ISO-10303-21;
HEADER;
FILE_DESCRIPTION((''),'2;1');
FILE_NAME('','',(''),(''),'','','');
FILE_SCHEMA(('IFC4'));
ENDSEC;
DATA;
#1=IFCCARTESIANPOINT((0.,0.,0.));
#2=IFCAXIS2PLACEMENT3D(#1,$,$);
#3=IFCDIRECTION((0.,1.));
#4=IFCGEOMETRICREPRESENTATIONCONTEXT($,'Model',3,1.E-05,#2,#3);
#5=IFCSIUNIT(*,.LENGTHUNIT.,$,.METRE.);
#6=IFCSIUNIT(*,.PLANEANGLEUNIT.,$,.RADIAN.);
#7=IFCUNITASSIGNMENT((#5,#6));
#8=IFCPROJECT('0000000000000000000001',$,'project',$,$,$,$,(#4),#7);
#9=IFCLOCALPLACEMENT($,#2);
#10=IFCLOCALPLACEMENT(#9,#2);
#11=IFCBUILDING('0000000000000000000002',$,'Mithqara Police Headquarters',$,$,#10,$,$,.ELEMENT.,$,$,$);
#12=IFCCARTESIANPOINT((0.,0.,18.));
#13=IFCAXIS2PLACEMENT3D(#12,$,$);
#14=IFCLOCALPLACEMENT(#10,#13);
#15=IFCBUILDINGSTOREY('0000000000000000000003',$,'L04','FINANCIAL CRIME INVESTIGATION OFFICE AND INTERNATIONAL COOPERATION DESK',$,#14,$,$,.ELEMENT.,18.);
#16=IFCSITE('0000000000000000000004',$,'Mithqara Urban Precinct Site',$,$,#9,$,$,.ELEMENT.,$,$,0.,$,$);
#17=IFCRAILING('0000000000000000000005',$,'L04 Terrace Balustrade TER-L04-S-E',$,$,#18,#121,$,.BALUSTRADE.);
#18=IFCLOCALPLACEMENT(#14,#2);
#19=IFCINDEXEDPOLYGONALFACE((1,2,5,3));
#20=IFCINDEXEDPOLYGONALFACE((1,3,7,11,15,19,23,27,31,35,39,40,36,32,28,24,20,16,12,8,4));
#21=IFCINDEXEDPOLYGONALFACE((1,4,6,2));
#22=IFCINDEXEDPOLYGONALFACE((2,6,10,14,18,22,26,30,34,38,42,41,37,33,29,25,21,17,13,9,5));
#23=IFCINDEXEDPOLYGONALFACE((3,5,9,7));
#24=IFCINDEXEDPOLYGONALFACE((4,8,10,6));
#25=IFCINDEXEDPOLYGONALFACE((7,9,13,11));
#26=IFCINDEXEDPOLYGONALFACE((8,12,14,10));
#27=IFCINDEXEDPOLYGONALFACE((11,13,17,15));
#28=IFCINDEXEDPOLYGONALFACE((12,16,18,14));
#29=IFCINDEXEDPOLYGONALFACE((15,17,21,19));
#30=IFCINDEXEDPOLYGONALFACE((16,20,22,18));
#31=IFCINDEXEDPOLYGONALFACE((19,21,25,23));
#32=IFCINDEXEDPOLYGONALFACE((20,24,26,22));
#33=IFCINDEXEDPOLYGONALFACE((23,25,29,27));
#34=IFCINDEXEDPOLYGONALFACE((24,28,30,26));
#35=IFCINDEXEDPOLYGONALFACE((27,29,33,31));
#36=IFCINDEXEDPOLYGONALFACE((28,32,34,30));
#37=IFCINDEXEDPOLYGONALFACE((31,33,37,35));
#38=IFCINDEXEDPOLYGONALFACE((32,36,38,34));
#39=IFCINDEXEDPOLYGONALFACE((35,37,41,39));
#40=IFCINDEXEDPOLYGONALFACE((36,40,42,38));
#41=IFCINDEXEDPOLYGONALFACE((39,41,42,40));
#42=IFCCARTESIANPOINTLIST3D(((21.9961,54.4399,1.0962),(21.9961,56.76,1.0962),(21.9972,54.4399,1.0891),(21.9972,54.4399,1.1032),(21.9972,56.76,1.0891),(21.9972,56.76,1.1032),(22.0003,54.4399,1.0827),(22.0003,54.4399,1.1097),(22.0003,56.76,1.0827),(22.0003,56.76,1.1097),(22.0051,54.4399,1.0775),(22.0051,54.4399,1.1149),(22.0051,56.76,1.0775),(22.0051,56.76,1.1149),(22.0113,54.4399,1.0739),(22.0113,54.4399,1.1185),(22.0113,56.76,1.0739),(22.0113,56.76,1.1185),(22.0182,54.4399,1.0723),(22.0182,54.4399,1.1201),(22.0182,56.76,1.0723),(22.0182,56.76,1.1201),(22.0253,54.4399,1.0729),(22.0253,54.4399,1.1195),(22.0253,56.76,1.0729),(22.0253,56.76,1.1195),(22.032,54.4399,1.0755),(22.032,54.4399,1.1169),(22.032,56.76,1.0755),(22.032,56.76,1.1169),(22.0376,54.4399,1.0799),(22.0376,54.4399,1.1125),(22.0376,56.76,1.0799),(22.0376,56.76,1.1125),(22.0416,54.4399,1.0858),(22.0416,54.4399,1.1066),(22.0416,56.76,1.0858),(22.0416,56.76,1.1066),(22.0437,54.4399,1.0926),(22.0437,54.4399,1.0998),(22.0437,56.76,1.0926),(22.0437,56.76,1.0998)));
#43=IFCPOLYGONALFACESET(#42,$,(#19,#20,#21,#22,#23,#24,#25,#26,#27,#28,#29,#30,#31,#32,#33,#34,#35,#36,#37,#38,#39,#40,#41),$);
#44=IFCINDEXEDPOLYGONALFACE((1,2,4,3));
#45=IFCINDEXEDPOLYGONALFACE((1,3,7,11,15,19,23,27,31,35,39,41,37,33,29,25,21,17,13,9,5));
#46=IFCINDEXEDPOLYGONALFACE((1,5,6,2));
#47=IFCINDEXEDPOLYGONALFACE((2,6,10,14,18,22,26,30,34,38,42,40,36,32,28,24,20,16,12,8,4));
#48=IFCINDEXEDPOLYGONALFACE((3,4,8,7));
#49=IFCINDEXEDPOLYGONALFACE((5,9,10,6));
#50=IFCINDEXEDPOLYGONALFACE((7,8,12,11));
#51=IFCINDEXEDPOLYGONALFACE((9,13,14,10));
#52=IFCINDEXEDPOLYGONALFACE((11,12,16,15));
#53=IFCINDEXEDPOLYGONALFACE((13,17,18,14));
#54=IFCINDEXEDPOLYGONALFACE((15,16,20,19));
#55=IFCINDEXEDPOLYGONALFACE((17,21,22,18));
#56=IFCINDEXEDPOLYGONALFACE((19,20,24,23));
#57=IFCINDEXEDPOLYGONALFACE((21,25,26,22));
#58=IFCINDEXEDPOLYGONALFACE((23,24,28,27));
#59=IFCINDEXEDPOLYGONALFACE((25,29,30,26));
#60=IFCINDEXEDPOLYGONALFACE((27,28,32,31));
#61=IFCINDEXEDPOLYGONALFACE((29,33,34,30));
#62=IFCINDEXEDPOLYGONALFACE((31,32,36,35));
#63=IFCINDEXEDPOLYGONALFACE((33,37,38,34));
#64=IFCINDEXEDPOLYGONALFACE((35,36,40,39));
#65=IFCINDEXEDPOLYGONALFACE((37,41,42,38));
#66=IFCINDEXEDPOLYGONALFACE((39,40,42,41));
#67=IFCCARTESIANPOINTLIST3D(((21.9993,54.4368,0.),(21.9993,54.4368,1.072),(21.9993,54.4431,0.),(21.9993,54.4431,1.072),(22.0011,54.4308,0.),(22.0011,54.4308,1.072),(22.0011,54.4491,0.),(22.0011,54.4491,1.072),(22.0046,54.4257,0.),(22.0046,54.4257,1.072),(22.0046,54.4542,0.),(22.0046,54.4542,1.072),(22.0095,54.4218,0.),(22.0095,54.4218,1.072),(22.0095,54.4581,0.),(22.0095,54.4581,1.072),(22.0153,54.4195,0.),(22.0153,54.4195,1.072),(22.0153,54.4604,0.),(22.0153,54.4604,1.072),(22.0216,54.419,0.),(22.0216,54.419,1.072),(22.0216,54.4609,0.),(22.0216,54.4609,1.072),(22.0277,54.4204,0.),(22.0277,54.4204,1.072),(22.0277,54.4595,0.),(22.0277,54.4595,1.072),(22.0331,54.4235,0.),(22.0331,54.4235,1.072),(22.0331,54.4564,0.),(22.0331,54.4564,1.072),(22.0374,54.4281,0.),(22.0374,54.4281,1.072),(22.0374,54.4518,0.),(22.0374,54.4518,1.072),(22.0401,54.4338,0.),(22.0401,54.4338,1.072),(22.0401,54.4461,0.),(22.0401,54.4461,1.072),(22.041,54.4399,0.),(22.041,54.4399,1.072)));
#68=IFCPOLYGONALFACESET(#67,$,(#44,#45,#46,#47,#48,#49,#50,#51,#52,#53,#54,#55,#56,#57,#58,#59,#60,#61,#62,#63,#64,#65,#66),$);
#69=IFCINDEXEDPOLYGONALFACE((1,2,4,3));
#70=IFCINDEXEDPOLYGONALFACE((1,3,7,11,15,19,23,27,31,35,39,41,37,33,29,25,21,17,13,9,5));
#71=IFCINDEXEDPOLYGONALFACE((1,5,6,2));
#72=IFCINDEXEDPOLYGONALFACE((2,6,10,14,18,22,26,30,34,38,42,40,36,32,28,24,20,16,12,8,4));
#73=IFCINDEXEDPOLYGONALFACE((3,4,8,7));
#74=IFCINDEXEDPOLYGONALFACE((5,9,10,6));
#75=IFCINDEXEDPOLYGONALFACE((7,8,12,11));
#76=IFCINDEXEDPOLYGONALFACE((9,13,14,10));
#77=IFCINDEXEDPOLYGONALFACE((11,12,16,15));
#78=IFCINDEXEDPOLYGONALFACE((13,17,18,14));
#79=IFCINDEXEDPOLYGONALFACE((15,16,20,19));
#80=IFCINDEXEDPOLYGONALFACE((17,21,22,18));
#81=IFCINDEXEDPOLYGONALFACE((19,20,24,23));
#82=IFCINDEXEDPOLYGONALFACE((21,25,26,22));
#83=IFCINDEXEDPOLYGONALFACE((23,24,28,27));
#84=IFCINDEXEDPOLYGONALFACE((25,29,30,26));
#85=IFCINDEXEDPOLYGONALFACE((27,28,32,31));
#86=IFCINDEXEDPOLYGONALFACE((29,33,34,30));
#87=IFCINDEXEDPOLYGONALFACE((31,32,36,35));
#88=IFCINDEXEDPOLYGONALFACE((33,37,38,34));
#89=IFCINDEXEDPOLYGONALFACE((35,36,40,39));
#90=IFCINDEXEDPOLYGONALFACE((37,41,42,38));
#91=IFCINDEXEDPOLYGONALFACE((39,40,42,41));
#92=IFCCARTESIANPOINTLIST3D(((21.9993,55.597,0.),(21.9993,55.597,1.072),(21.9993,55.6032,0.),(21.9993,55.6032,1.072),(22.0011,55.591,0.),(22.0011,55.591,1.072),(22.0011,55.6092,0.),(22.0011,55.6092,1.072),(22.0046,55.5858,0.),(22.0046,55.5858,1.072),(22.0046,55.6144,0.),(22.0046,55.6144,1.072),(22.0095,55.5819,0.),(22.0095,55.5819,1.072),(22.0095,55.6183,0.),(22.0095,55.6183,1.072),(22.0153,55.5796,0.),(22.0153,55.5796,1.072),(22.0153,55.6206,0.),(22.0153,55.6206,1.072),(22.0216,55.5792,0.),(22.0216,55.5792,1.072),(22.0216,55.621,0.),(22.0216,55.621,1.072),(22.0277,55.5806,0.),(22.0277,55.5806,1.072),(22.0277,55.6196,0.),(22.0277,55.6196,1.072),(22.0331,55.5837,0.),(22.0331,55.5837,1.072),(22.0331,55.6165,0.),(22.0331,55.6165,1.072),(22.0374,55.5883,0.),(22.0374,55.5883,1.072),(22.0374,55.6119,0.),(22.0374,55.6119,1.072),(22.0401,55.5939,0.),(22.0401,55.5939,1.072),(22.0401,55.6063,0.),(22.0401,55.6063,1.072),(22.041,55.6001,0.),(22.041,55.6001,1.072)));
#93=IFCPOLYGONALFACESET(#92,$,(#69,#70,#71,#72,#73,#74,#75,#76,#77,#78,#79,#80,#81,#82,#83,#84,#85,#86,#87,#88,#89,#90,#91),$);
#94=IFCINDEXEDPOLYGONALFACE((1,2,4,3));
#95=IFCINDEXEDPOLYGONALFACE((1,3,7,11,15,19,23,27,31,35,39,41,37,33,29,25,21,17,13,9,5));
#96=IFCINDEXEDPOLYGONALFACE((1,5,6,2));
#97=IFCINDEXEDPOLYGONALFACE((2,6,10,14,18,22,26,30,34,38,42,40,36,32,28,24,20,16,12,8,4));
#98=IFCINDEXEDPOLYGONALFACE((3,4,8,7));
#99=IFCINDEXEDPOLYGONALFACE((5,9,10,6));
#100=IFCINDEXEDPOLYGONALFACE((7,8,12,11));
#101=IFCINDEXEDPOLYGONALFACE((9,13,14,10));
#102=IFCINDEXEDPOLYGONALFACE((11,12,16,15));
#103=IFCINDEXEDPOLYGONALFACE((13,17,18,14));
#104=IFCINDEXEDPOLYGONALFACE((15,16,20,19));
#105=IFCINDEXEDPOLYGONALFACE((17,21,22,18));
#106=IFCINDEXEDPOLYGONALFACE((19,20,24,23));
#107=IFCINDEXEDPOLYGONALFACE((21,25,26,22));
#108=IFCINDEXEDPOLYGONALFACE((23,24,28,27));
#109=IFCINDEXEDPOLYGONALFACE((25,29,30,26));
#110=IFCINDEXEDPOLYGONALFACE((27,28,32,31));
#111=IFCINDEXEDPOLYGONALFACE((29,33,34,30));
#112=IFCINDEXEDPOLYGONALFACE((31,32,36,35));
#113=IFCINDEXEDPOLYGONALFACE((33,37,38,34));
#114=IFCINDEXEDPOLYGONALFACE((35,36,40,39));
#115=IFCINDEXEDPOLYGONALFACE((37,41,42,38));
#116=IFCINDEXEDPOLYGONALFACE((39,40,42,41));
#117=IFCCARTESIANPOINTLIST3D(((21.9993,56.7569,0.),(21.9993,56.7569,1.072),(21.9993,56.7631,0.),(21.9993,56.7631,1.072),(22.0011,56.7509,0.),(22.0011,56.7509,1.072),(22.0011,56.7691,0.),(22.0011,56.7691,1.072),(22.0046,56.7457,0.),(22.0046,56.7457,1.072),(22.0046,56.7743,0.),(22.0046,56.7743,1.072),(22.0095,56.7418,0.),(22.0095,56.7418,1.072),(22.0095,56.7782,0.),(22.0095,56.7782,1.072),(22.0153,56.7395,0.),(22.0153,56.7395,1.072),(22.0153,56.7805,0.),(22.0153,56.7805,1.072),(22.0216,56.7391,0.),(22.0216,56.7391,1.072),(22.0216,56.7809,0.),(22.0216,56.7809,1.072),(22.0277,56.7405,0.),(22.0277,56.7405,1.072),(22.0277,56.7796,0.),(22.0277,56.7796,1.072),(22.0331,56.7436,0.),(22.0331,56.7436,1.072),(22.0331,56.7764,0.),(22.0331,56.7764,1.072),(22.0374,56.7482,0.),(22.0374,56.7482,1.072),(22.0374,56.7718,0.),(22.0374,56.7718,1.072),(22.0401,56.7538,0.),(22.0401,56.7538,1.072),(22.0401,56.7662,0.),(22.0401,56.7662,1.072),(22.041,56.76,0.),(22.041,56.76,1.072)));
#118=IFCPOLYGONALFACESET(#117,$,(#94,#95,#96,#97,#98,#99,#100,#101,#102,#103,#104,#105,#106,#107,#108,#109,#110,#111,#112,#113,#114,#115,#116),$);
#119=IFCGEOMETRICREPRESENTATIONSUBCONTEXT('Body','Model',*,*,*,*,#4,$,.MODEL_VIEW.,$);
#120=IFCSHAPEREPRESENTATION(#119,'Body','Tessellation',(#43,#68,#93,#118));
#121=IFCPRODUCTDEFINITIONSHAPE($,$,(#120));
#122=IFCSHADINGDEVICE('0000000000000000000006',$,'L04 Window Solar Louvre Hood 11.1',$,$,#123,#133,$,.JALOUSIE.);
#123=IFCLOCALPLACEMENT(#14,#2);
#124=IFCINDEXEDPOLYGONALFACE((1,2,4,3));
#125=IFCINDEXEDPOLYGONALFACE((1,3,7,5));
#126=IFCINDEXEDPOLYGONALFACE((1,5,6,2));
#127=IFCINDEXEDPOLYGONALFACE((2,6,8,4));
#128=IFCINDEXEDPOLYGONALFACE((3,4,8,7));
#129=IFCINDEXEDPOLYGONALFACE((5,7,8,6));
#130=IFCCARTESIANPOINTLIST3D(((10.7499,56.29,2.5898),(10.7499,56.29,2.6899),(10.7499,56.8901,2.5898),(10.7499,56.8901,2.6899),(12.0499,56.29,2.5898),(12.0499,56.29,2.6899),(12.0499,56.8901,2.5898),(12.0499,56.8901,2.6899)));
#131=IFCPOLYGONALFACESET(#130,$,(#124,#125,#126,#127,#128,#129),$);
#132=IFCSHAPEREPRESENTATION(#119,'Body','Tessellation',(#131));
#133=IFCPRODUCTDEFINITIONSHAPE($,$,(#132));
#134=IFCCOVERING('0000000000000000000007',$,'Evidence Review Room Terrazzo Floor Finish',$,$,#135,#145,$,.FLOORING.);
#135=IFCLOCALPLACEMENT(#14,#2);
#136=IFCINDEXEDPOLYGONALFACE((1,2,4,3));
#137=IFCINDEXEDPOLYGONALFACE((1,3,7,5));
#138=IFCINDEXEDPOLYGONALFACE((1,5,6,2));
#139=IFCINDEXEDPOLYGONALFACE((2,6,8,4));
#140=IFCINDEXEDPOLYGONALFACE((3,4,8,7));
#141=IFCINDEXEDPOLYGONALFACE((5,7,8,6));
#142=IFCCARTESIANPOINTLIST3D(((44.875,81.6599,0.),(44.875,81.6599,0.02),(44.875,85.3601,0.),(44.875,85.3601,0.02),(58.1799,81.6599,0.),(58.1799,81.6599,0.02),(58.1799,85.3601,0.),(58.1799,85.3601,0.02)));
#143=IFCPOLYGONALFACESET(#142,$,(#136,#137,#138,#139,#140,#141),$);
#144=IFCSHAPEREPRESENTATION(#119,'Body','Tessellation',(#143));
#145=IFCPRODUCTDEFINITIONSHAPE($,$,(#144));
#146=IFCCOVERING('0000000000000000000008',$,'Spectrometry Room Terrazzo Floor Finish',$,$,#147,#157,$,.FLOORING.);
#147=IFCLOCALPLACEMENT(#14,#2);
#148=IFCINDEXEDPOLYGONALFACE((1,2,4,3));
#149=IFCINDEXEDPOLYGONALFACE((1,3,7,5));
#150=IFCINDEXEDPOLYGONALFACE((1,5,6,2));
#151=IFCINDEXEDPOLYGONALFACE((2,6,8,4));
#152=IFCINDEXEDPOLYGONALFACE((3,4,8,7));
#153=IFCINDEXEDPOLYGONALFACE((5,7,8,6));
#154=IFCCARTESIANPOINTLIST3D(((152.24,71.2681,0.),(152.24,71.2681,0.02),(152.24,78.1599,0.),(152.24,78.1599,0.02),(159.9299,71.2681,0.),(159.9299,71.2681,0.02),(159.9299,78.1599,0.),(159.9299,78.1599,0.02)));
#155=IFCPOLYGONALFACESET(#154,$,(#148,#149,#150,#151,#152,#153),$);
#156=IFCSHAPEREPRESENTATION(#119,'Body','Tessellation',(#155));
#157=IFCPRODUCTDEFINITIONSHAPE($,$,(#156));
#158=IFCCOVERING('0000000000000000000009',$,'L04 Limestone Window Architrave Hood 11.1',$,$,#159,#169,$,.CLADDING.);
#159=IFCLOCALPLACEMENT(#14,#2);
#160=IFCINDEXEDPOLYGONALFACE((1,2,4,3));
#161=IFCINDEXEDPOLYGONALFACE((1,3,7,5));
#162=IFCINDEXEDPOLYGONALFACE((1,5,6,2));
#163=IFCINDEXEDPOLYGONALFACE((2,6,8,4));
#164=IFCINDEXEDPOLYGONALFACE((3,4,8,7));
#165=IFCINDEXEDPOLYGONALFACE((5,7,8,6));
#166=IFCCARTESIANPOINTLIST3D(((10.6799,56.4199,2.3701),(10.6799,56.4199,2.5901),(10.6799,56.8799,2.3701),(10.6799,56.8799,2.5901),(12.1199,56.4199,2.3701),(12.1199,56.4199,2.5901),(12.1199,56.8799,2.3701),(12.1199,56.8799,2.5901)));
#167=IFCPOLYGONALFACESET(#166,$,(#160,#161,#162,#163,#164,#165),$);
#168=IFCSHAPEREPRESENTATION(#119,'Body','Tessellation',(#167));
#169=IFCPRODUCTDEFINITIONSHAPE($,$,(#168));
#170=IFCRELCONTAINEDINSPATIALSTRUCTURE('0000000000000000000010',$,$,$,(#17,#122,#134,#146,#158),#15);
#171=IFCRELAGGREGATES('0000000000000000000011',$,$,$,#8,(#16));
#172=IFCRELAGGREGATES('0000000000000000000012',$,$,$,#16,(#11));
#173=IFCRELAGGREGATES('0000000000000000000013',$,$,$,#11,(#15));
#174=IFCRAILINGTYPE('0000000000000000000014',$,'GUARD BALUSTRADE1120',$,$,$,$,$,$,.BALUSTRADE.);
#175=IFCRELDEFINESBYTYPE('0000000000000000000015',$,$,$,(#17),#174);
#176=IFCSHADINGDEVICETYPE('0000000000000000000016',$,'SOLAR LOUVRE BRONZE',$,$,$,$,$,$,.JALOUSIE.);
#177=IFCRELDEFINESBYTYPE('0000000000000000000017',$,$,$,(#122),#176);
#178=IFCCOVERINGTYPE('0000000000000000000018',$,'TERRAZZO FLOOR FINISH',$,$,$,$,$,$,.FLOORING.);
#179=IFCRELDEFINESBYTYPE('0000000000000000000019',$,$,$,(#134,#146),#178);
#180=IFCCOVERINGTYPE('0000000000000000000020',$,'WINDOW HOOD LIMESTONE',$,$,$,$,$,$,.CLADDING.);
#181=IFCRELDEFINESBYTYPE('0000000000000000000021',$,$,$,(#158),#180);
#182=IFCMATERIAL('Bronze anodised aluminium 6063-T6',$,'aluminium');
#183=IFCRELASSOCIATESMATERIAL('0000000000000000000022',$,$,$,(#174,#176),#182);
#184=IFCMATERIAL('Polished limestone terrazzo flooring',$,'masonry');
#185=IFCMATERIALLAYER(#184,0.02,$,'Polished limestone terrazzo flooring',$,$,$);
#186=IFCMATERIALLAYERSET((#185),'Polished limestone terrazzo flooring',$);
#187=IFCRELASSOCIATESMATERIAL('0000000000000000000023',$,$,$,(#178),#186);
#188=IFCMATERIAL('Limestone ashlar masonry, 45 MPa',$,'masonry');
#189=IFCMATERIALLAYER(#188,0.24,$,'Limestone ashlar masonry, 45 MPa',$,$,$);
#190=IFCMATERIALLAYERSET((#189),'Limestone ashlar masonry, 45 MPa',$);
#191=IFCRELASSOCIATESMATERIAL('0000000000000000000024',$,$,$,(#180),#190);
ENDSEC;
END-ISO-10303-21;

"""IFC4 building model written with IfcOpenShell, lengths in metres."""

from ifc_helpers import new_model, si_unit, direction, frame, origin, origin_2d, place, context, subcontext, project, spatial, polyline, rectangle, circle, outline, extrude, material, layer, layer_set, type_object, element, save


model = new_model("IFC4")

# Units and contexts
model_context = context("Model", 3, precision=1e-05, world=origin(), true_north=direction((0.0, 1.0)))
body_context = subcontext(model_context, "Body", "Model", "MODEL_VIEW")
ifc_project = project(units=[si_unit("LENGTHUNIT", "METRE"), si_unit("PLANEANGLEUNIT", "RADIAN")], contexts=[model_context])

# Site, building, storey
site_placement = place(None, origin())
site = spatial("IfcSite", under=ifc_project, at=site_placement, Name="Mithqara Urban Precinct Site", CompositionType="ELEMENT", RefElevation=0.0)
building_placement = place(site_placement, origin())
building = spatial("IfcBuilding", under=site, at=building_placement, Name="Mithqara Police Headquarters", CompositionType="ELEMENT")
storey_placement = place(building_placement, frame((0.0, 0.0, 18.0)))
storey = spatial("IfcBuildingStorey", under=building, at=storey_placement, Name="L04", Description="FINANCIAL CRIME INVESTIGATION OFFICE AND INTERNATIONAL COOPERATION DESK", CompositionType="ELEMENT", Elevation=18.0)

# Shared definitions
ifc_material_1 = material(Name="Limestone ashlar masonry, 45 MPa", Category="masonry")
ifc_material_2 = material(Name="Bronze anodised aluminium 6063-T6", Category="aluminium")

# Railing
railing_type = type_object("IfcRailingType", Name="GUARD BALUSTRADE1120", PredefinedType="BALUSTRADE", material=ifc_material_2)
for number, where, name in (
    (1, (22.02, 54.4399, 0.0), "L04 Terrace Balustrade TER-L04-S-E"),
):
    element("IfcRailing", number, at=place(storey_placement, frame(where)), inside=storey, type_object=railing_type, Name=name, PredefinedType="BALUSTRADE", context=body_context, shape_type="SweptSolid", body=[
        extrude(circle(Radius=0.0239, at=origin_2d()), frame((0.0, 0.0, 1.0962), z_axis=(0.0, 1.0, 0.0), x_axis=(-1.0, 0.0, 0.0)), (0.0, 0.0, 1.0), 2.3201),
        extrude(circle(Radius=0.021, at=origin_2d()), origin(), (0.0, 0.0, 1.0), 1.072),
        extrude(circle(Radius=0.021, at=origin_2d()), frame((0.0, 1.1602, 0.0)), (0.0, 0.0, 1.0), 1.072),
        extrude(circle(Radius=0.021, at=origin_2d()), frame((0.0, 2.3201, 0.0)), (0.0, 0.0, 1.0), 1.072),
    ])

# Shading device
shading_device_type = type_object("IfcShadingDeviceType", Name="SOLAR LOUVRE BRONZE", PredefinedType="JALOUSIE", material=ifc_material_2)
shading_device_placement = place(storey_placement, frame((11.3999, 56.5901, 2.5898), z_axis=(0.0, 0.0, 1.0), x_axis=(1.0, 0.0, 0.0)))
element("IfcShadingDevice", 2, at=shading_device_placement, inside=storey, type_object=shading_device_type, Name="L04 Window Solar Louvre Hood 11.1", PredefinedType="JALOUSIE", context=body_context, shape_type="SweptSolid", body=[
    extrude(rectangle(XDim=1.3, YDim=0.6001, at=origin_2d()), origin(), (0.0, 0.0, 1.0), 0.1001),
])

# Coverings
ifc_material_3 = material(Name="Polished limestone terrazzo flooring", Category="masonry")
ifc_layer_1 = layer(ifc_material_3, 0.02, Name="Polished limestone terrazzo flooring")
ifc_layer_set_1 = layer_set([ifc_layer_1], Name="Polished limestone terrazzo flooring")
covering_type_1 = type_object("IfcCoveringType", Name="TERRAZZO FLOOR FINISH", PredefinedType="FLOORING", material=ifc_layer_set_1)
covering_1_placement = place(storey_placement, origin())
element("IfcCovering", 3, at=covering_1_placement, inside=storey, type_object=covering_type_1, Name="Evidence Review Room Terrazzo Floor Finish", PredefinedType="FLOORING", context=body_context, shape_type="SweptSolid", body=[
    extrude(outline(polyline([(44.875, 81.6599), (58.1799, 81.6599), (58.1799, 85.3601), (44.875, 85.3601), (44.875, 81.6599)])), origin(), (0.0, 0.0, 1.0), 0.02),
])
covering_2_placement = place(storey_placement, origin())
element("IfcCovering", 4, at=covering_2_placement, inside=storey, type_object=covering_type_1, Name="Spectrometry Room Terrazzo Floor Finish", PredefinedType="FLOORING", context=body_context, shape_type="SweptSolid", body=[
    extrude(outline(polyline([(152.24, 71.2681), (159.9299, 71.2681), (159.9299, 78.1599), (152.24, 78.1599), (152.24, 71.2681)])), origin(), (0.0, 0.0, 1.0), 0.02),
])
ifc_layer_2 = layer(ifc_material_1, 0.24, Name="Limestone ashlar masonry, 45 MPa")
ifc_layer_set_2 = layer_set([ifc_layer_2], Name="Limestone ashlar masonry, 45 MPa")
covering_type_2 = type_object("IfcCoveringType", Name="WINDOW HOOD LIMESTONE", PredefinedType="CLADDING", material=ifc_layer_set_2)
covering_3_placement = place(storey_placement, frame((11.3999, 56.6499, 2.3701), z_axis=(0.0, 0.0, 1.0), x_axis=(1.0, 0.0, 0.0)))
element("IfcCovering", 5, at=covering_3_placement, inside=storey, type_object=covering_type_2, Name="L04 Limestone Window Architrave Hood 11.1", PredefinedType="CLADDING", context=body_context, shape_type="SweptSolid", body=[
    extrude(rectangle(XDim=1.4399, YDim=0.46, at=origin_2d()), origin(), (0.0, 0.0, 1.0), 0.22),
])

save(model, "model.ifc")
